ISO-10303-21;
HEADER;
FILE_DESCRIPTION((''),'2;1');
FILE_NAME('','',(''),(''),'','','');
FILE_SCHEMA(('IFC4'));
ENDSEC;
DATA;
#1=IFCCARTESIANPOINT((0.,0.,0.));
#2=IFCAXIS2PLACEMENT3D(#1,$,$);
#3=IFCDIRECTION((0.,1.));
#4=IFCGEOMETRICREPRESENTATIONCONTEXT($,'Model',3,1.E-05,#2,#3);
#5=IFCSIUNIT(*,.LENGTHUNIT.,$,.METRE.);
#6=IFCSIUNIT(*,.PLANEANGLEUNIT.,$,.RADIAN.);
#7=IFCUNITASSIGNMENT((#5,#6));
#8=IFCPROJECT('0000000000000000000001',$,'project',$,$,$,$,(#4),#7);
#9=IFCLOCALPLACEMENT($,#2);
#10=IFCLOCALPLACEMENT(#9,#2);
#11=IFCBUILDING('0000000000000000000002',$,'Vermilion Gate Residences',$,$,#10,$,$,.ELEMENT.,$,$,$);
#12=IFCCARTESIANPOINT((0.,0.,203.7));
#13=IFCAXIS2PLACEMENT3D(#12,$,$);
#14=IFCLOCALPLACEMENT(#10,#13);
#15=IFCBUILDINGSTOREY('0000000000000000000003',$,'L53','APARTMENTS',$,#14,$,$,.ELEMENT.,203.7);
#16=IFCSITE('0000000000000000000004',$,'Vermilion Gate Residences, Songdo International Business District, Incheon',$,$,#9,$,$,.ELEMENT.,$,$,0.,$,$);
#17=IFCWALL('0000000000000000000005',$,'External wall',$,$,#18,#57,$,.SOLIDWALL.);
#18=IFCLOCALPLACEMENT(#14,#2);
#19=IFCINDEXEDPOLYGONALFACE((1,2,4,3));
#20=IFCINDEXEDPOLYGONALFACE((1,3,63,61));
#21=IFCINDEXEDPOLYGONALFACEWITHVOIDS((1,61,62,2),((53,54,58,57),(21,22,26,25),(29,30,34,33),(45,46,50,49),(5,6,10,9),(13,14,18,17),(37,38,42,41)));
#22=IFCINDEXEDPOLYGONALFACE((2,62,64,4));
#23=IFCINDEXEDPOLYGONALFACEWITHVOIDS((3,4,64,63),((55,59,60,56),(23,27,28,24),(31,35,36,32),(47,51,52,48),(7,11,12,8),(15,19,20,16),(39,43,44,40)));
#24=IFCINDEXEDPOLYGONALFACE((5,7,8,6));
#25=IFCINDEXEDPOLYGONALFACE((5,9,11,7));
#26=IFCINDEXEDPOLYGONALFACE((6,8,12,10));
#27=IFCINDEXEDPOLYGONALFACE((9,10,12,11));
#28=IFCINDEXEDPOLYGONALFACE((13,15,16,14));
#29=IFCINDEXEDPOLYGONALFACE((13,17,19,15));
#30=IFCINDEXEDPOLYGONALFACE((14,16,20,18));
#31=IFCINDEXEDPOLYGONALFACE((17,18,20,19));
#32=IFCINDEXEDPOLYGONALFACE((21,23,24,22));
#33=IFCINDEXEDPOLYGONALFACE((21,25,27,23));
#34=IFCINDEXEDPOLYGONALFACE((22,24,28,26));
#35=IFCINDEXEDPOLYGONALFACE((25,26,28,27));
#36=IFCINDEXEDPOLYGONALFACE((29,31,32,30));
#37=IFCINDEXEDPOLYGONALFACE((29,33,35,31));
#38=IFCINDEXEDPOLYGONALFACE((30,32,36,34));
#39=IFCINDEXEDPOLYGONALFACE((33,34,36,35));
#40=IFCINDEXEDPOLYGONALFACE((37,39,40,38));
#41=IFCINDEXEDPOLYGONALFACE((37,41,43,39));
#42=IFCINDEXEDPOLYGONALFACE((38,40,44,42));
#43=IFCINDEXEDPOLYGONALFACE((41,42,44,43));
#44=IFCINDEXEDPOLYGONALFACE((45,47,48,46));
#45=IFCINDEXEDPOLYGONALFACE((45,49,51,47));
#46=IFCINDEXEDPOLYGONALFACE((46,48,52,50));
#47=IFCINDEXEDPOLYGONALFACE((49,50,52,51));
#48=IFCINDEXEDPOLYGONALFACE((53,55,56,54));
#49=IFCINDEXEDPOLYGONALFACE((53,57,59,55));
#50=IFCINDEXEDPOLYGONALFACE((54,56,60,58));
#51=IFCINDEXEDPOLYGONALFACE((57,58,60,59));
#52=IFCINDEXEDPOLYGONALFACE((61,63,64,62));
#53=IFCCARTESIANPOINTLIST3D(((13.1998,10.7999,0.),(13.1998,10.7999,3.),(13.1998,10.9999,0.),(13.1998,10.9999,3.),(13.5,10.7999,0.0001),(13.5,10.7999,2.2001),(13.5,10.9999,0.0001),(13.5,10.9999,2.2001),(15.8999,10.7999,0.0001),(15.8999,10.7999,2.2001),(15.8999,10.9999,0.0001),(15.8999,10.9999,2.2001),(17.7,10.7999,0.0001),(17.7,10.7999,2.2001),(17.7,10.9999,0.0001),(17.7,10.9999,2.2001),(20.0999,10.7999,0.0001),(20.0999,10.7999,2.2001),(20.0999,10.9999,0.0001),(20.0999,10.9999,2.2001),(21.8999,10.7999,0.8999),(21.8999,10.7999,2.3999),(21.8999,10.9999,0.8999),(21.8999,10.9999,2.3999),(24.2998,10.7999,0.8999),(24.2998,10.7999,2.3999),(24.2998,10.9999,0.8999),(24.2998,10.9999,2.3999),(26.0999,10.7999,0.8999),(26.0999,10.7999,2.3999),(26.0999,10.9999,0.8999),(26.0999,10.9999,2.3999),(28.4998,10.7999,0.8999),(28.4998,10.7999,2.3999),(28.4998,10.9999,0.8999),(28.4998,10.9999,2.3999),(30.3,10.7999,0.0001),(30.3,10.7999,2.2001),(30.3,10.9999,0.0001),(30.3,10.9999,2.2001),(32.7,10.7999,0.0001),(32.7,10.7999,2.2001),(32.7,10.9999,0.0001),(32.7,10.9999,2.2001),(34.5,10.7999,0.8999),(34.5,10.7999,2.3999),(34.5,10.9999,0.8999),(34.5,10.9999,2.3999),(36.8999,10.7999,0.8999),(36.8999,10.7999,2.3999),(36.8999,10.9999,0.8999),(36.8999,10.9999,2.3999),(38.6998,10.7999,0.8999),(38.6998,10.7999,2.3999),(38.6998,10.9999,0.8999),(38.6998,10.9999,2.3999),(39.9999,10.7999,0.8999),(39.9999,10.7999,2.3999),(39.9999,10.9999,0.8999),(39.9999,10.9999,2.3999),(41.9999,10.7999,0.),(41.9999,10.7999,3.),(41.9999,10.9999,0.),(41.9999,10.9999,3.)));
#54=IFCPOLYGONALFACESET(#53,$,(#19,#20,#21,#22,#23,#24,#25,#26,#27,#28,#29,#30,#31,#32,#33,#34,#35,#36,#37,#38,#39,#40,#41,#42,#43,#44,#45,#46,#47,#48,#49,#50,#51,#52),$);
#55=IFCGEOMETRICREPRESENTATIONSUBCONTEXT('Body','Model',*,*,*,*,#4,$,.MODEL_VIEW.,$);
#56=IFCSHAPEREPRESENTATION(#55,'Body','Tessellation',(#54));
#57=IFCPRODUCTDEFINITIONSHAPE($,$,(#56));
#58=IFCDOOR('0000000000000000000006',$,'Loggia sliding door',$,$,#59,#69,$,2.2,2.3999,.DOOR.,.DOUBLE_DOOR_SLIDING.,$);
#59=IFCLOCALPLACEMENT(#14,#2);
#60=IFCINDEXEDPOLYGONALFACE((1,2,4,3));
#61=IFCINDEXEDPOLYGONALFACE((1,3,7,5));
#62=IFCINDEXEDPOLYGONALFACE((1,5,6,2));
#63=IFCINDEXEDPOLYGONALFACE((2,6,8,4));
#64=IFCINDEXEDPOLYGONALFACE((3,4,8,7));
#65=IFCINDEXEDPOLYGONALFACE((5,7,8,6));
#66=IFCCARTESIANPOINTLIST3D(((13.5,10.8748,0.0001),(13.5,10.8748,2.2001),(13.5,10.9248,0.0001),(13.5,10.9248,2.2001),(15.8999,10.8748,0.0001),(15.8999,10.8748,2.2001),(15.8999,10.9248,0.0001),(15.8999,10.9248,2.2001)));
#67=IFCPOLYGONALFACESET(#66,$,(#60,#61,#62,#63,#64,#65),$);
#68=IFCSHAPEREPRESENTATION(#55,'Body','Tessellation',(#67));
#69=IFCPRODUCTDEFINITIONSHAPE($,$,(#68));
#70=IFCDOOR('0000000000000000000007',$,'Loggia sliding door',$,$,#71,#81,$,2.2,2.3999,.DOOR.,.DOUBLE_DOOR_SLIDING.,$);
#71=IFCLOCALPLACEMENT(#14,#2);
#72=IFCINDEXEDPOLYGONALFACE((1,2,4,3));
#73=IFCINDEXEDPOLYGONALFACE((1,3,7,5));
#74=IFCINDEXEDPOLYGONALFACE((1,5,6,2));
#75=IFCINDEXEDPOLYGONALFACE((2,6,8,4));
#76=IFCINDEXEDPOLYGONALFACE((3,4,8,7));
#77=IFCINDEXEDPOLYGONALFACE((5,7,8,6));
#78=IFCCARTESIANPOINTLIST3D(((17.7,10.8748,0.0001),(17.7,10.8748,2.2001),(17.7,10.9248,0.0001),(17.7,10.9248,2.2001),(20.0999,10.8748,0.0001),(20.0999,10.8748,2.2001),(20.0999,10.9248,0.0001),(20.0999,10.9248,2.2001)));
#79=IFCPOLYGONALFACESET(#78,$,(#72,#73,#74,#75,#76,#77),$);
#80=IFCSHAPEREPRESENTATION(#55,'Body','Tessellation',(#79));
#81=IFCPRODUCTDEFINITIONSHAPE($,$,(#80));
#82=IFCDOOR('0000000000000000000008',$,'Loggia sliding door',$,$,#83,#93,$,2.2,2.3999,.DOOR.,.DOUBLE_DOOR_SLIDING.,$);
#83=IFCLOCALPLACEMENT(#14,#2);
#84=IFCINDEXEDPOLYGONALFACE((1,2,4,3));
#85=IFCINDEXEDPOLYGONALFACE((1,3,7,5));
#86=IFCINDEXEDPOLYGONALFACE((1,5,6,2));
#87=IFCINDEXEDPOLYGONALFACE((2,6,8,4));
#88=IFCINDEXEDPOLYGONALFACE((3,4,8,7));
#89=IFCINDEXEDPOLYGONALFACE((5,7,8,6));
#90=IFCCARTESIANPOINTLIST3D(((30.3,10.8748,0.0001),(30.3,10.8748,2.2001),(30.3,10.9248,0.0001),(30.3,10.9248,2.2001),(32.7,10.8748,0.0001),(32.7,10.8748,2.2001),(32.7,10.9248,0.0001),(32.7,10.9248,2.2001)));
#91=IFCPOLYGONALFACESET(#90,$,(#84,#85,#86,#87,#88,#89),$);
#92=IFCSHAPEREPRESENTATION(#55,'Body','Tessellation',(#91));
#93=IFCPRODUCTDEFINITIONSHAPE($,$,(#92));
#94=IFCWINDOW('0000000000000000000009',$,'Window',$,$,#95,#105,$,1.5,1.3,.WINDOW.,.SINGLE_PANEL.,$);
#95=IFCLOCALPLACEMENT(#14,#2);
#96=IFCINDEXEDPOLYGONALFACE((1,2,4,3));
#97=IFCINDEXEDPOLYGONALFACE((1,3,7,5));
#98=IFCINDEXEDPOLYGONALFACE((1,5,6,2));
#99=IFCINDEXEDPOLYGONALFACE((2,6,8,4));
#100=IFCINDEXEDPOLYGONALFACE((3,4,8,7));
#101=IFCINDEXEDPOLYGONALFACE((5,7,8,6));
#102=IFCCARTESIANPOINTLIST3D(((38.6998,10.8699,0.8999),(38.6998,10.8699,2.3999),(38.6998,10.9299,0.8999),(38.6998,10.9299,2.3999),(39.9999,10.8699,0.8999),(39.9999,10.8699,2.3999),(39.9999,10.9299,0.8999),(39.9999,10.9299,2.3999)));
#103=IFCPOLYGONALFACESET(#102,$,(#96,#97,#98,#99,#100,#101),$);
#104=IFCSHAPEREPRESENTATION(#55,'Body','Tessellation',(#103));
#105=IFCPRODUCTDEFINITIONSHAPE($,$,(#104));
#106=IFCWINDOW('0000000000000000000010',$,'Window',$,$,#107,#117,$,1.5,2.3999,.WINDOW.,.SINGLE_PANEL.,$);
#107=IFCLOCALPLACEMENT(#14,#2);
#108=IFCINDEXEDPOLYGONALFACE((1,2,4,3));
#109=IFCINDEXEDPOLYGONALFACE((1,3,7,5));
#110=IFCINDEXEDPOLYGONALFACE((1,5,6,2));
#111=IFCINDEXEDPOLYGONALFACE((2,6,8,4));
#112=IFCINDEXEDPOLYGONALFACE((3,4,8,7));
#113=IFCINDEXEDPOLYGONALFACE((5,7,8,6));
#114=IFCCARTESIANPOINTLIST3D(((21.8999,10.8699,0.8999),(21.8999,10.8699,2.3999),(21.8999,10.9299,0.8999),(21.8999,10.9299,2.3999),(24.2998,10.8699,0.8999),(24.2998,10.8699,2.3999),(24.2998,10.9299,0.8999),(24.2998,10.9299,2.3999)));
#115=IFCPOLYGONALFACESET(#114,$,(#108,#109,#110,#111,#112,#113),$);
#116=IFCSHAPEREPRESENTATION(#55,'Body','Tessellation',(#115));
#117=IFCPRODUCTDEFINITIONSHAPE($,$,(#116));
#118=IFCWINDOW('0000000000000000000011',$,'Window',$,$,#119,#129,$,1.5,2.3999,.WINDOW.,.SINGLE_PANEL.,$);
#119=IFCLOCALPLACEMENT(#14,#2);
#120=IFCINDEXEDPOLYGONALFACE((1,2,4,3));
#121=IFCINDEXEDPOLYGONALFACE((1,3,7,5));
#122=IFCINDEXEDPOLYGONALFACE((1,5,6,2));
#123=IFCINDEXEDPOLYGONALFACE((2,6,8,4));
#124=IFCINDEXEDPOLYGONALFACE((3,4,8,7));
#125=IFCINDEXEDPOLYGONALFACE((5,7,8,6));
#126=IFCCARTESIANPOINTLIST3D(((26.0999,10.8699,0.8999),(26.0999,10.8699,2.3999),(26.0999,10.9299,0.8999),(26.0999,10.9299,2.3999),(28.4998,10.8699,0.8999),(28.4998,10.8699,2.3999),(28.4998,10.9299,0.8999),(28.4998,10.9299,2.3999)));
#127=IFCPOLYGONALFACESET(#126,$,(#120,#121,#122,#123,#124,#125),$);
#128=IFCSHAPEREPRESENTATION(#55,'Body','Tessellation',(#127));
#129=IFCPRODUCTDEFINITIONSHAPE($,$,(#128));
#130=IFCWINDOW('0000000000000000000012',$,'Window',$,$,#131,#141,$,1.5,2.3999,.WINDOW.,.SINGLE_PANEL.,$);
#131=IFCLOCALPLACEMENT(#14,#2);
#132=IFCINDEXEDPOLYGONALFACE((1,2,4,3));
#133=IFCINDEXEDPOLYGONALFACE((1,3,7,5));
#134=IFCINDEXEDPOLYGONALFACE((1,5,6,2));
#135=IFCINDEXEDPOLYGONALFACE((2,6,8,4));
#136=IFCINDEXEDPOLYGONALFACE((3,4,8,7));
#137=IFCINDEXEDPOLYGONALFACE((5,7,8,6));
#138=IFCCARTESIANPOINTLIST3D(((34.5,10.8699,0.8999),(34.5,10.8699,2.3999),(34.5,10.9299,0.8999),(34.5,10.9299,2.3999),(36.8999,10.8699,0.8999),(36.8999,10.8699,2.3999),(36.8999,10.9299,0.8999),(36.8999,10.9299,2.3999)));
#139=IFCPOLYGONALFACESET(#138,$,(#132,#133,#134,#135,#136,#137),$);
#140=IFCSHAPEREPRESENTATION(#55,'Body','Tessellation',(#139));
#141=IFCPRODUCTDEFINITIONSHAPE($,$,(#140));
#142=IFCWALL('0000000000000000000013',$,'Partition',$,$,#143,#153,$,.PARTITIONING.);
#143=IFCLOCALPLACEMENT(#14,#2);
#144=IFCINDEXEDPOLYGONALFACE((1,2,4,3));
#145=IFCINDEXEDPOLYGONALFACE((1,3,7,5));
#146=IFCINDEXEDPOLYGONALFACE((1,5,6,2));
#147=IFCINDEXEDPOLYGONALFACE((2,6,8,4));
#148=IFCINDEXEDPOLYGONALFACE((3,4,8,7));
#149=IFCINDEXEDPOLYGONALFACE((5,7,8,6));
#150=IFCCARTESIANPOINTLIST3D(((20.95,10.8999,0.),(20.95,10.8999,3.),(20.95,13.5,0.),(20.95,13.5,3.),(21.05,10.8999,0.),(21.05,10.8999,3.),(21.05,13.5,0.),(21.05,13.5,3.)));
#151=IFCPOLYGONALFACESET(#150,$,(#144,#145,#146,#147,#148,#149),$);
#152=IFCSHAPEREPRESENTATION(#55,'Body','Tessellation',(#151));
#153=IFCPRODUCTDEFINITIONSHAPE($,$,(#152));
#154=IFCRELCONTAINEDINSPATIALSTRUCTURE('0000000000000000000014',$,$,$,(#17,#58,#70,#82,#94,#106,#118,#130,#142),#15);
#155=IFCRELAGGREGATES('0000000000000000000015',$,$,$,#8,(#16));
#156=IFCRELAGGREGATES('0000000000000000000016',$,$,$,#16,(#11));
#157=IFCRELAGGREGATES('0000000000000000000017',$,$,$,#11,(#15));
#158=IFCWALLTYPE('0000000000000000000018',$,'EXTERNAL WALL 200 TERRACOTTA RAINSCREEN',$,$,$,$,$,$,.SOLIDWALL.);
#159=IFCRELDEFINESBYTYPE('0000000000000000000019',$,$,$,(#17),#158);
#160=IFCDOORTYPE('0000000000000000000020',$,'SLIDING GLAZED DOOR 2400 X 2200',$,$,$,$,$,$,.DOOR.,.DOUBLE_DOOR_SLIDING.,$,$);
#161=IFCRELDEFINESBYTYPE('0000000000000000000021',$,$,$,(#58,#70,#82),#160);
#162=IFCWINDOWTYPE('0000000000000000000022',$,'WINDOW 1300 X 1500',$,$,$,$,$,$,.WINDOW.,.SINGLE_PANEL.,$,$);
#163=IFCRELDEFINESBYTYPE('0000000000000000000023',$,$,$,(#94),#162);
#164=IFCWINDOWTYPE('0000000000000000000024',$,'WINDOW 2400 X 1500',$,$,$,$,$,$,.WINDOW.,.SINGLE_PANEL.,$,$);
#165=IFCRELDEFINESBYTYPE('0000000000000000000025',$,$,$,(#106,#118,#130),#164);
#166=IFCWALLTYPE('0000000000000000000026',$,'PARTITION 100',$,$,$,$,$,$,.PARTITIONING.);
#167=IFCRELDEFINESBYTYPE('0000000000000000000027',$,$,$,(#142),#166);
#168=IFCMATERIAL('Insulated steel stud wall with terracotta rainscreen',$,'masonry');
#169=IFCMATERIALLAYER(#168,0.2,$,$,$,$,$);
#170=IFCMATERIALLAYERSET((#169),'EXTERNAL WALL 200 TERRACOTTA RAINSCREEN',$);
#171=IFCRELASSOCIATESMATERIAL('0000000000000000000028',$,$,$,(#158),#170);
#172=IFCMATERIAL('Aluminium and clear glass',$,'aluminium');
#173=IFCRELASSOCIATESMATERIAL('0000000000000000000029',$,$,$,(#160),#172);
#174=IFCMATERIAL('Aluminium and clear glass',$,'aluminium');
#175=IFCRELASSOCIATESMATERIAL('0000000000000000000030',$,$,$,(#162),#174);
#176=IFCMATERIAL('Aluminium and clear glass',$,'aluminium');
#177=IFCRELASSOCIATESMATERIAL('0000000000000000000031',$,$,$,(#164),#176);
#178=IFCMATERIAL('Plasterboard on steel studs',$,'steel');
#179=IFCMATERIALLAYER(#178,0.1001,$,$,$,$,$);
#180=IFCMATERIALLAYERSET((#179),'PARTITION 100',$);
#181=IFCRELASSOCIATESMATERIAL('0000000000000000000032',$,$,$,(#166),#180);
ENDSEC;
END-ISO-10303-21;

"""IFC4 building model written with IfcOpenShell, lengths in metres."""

from ifc_helpers import new_model, si_unit, direction, frame, frame_2d, origin, place, context, subcontext, project, spatial, rectangle, extrude, material, layer, layer_set, type_object, element, fill, save


model = new_model("IFC4")

# Units and contexts
model_context = context("Model", 3, precision=1e-05, world=origin(), true_north=direction((0.0, 1.0)))
body_context = subcontext(model_context, "Body", "Model", "MODEL_VIEW")
ifc_project = project(units=[si_unit("LENGTHUNIT", "METRE"), si_unit("PLANEANGLEUNIT", "RADIAN")], contexts=[model_context])

# Site, building, storey
site_placement = place(None, origin())
site = spatial("IfcSite", under=ifc_project, at=site_placement, Name="Vermilion Gate Residences, Songdo International Business District, Incheon", CompositionType="ELEMENT", RefElevation=0.0)
building_placement = place(site_placement, origin())
building = spatial("IfcBuilding", under=site, at=building_placement, Name="Vermilion Gate Residences", CompositionType="ELEMENT")
storey_placement = place(building_placement, frame((0.0, 0.0, 203.7)))
storey = spatial("IfcBuildingStorey", under=building, at=storey_placement, Name="L53", Description="APARTMENTS", CompositionType="ELEMENT", Elevation=203.7)

# Shared definitions
ifc_material_1 = material(Name="Insulated steel stud wall with terracotta rainscreen", Category="masonry")
ifc_layer_1 = layer(ifc_material_1, 0.2)
ifc_layer_set_1 = layer_set([ifc_layer_1], Name="EXTERNAL WALL 200 TERRACOTTA RAINSCREEN")
wall_type_1 = type_object("IfcWallType", Name="EXTERNAL WALL 200 TERRACOTTA RAINSCREEN", PredefinedType="SOLIDWALL", material=ifc_layer_set_1)

# Wall, openings, doors, windows
wall_1_placement = place(storey_placement, frame((13.2, 10.8999, 0.0), z_axis=(0.0, 0.0, 1.0), x_axis=(1.0, 0.0, 0.0)))
wall_1 = element("IfcWall", 1, at=wall_1_placement, inside=storey, type_object=wall_type_1, Name="External wall", PredefinedType="SOLIDWALL", context=body_context, shape_type="SweptSolid", body=[
    extrude(rectangle(XDim=28.8, YDim=0.2, at=frame_2d((14.3999, 0.0))), origin(), (0.0, 0.0, 1.0), 3.0),
])
opening_1_placement = place(wall_1_placement, frame((0.3, 0.0, 0.0)))
opening_1 = element("IfcOpeningElement", 2, at=opening_1_placement, cuts=wall_1, PredefinedType="OPENING", context=body_context, shape_type="SweptSolid", body=[
    extrude(rectangle(XDim=2.3999, YDim=2.2, at=frame_2d((1.2, 1.1001))), frame((0.0, 0.1099, 0.0), z_axis=(0.0, -1.0, 0.0), x_axis=(1.0, 0.0, 0.0)), (0.0, 0.0, 1.0), 0.22),
])
opening_2_placement = place(wall_1_placement, frame((4.5, 0.0, 0.0)))
opening_2 = element("IfcOpeningElement", 3, at=opening_2_placement, cuts=wall_1, PredefinedType="OPENING", context=body_context, shape_type="SweptSolid", body=[
    extrude(rectangle(XDim=2.3999, YDim=2.2, at=frame_2d((1.2, 1.1001))), frame((0.0, 0.1099, 0.0), z_axis=(0.0, -1.0, 0.0), x_axis=(1.0, 0.0, 0.0)), (0.0, 0.0, 1.0), 0.22),
])
opening_3_placement = place(wall_1_placement, frame((8.7, 0.0, 0.8999)))
opening_3 = element("IfcOpeningElement", 4, at=opening_3_placement, cuts=wall_1, PredefinedType="OPENING", context=body_context, shape_type="SweptSolid", body=[
    extrude(rectangle(XDim=2.3999, YDim=1.5, at=frame_2d((1.2, 0.75))), frame((0.0, 0.1099, 0.0), z_axis=(0.0, -1.0, 0.0), x_axis=(1.0, 0.0, 0.0)), (0.0, 0.0, 1.0), 0.22),
])
opening_4_placement = place(wall_1_placement, frame((12.8999, 0.0, 0.8999)))
opening_4 = element("IfcOpeningElement", 5, at=opening_4_placement, cuts=wall_1, PredefinedType="OPENING", context=body_context, shape_type="SweptSolid", body=[
    extrude(rectangle(XDim=2.3999, YDim=1.5, at=frame_2d((1.2, 0.75))), frame((0.0, 0.1099, 0.0), z_axis=(0.0, -1.0, 0.0), x_axis=(1.0, 0.0, 0.0)), (0.0, 0.0, 1.0), 0.22),
])
opening_5_placement = place(wall_1_placement, frame((17.1001, 0.0, 0.0)))
opening_5 = element("IfcOpeningElement", 6, at=opening_5_placement, cuts=wall_1, PredefinedType="OPENING", context=body_context, shape_type="SweptSolid", body=[
    extrude(rectangle(XDim=2.3999, YDim=2.2, at=frame_2d((1.2, 1.1001))), frame((0.0, 0.1099, 0.0), z_axis=(0.0, -1.0, 0.0), x_axis=(1.0, 0.0, 0.0)), (0.0, 0.0, 1.0), 0.22),
])
opening_6_placement = place(wall_1_placement, frame((21.3, 0.0, 0.8999)))
opening_6 = element("IfcOpeningElement", 7, at=opening_6_placement, cuts=wall_1, PredefinedType="OPENING", context=body_context, shape_type="SweptSolid", body=[
    extrude(rectangle(XDim=2.3999, YDim=1.5, at=frame_2d((1.2, 0.75))), frame((0.0, 0.1099, 0.0), z_axis=(0.0, -1.0, 0.0), x_axis=(1.0, 0.0, 0.0)), (0.0, 0.0, 1.0), 0.22),
])
opening_7_placement = place(wall_1_placement, frame((25.5, 0.0, 0.8999)))
opening_7 = element("IfcOpeningElement", 8, at=opening_7_placement, cuts=wall_1, PredefinedType="OPENING", context=body_context, shape_type="SweptSolid", body=[
    extrude(rectangle(XDim=1.3, YDim=1.5, at=frame_2d((0.6499, 0.75))), frame((0.0, 0.1099, 0.0), z_axis=(0.0, -1.0, 0.0), x_axis=(1.0, 0.0, 0.0)), (0.0, 0.0, 1.0), 0.22),
])
ifc_material_2 = material(Name="Aluminium and clear glass", Category="aluminium")
door_type_1 = type_object("IfcDoorType", Name="SLIDING GLAZED DOOR 2400 X 2200", OperationType="DOUBLE_DOOR_SLIDING", PredefinedType="DOOR", material=ifc_material_2)
door_1_placement = place(opening_1_placement, origin())
door_1 = element("IfcDoor", 9, at=door_1_placement, inside=storey, type_object=door_type_1, Name="Loggia sliding door", OperationType="DOUBLE_DOOR_SLIDING", OverallHeight=2.2, OverallWidth=2.3999, PredefinedType="DOOR", context=body_context, shape_type="SweptSolid", body=[
    extrude(rectangle(XDim=2.3999, YDim=2.2, at=frame_2d((1.2, 1.1001))), frame((0.0, 0.0249, 0.0), z_axis=(0.0, -1.0, 0.0), x_axis=(1.0, 0.0, 0.0)), (0.0, 0.0, 1.0), 0.05),
])
fill(opening_1, door_1)
door_2_placement = place(opening_2_placement, origin())
door_2 = element("IfcDoor", 10, at=door_2_placement, inside=storey, type_object=door_type_1, Name="Loggia sliding door", OperationType="DOUBLE_DOOR_SLIDING", OverallHeight=2.2, OverallWidth=2.3999, PredefinedType="DOOR", context=body_context, shape_type="SweptSolid", body=[
    extrude(rectangle(XDim=2.3999, YDim=2.2, at=frame_2d((1.2, 1.1001))), frame((0.0, 0.0249, 0.0), z_axis=(0.0, -1.0, 0.0), x_axis=(1.0, 0.0, 0.0)), (0.0, 0.0, 1.0), 0.05),
])
fill(opening_2, door_2)
door_3_placement = place(opening_5_placement, origin())
door_3 = element("IfcDoor", 11, at=door_3_placement, inside=storey, type_object=door_type_1, Name="Loggia sliding door", OperationType="DOUBLE_DOOR_SLIDING", OverallHeight=2.2, OverallWidth=2.3999, PredefinedType="DOOR", context=body_context, shape_type="SweptSolid", body=[
    extrude(rectangle(XDim=2.3999, YDim=2.2, at=frame_2d((1.2, 1.1001))), frame((0.0, 0.0249, 0.0), z_axis=(0.0, -1.0, 0.0), x_axis=(1.0, 0.0, 0.0)), (0.0, 0.0, 1.0), 0.05),
])
fill(opening_5, door_3)
ifc_material_3 = material(Name="Aluminium and clear glass", Category="aluminium")
window_type_1 = type_object("IfcWindowType", Name="WINDOW 1300 X 1500", PartitioningType="SINGLE_PANEL", PredefinedType="WINDOW", material=ifc_material_3)
window_1_placement = place(opening_7_placement, origin())
window_1 = element("IfcWindow", 12, at=window_1_placement, inside=storey, type_object=window_type_1, Name="Window", OverallHeight=1.5, OverallWidth=1.3, PartitioningType="SINGLE_PANEL", PredefinedType="WINDOW", context=body_context, shape_type="SweptSolid", body=[
    extrude(rectangle(XDim=1.3, YDim=1.5, at=frame_2d((0.6499, 0.75))), frame((0.0, 0.03, 0.0), z_axis=(0.0, -1.0, 0.0), x_axis=(1.0, 0.0, 0.0)), (0.0, 0.0, 1.0), 0.0601),
])
fill(opening_7, window_1)
ifc_material_4 = material(Name="Aluminium and clear glass", Category="aluminium")
window_type_2 = type_object("IfcWindowType", Name="WINDOW 2400 X 1500", PartitioningType="SINGLE_PANEL", PredefinedType="WINDOW", material=ifc_material_4)
window_2_placement = place(opening_3_placement, origin())
window_2 = element("IfcWindow", 13, at=window_2_placement, inside=storey, type_object=window_type_2, Name="Window", OverallHeight=1.5, OverallWidth=2.3999, PartitioningType="SINGLE_PANEL", PredefinedType="WINDOW", context=body_context, shape_type="SweptSolid", body=[
    extrude(rectangle(XDim=2.3999, YDim=1.5, at=frame_2d((1.2, 0.75))), frame((0.0, 0.03, 0.0), z_axis=(0.0, -1.0, 0.0), x_axis=(1.0, 0.0, 0.0)), (0.0, 0.0, 1.0), 0.0601),
])
fill(opening_3, window_2)
window_3_placement = place(opening_4_placement, origin())
window_3 = element("IfcWindow", 14, at=window_3_placement, inside=storey, type_object=window_type_2, Name="Window", OverallHeight=1.5, OverallWidth=2.3999, PartitioningType="SINGLE_PANEL", PredefinedType="WINDOW", context=body_context, shape_type="SweptSolid", body=[
    extrude(rectangle(XDim=2.3999, YDim=1.5, at=frame_2d((1.2, 0.75))), frame((0.0, 0.03, 0.0), z_axis=(0.0, -1.0, 0.0), x_axis=(1.0, 0.0, 0.0)), (0.0, 0.0, 1.0), 0.0601),
])
fill(opening_4, window_3)
window_4_placement = place(opening_6_placement, origin())
window_4 = element("IfcWindow", 15, at=window_4_placement, inside=storey, type_object=window_type_2, Name="Window", OverallHeight=1.5, OverallWidth=2.3999, PartitioningType="SINGLE_PANEL", PredefinedType="WINDOW", context=body_context, shape_type="SweptSolid", body=[
    extrude(rectangle(XDim=2.3999, YDim=1.5, at=frame_2d((1.2, 0.75))), frame((0.0, 0.03, 0.0), z_axis=(0.0, -1.0, 0.0), x_axis=(1.0, 0.0, 0.0)), (0.0, 0.0, 1.0), 0.0601),
])
fill(opening_6, window_4)

# Wall
ifc_material_5 = material(Name="Plasterboard on steel studs", Category="steel")
ifc_layer_2 = layer(ifc_material_5, 0.1001)
ifc_layer_set_2 = layer_set([ifc_layer_2], Name="PARTITION 100")
wall_type_2 = type_object("IfcWallType", Name="PARTITION 100", PredefinedType="PARTITIONING", material=ifc_layer_set_2)
wall_2_placement = place(storey_placement, frame((21.0, 10.8999, 0.0), z_axis=(0.0, 0.0, 1.0), x_axis=(0.0, 1.0, 0.0)))
element("IfcWall", 16, at=wall_2_placement, inside=storey, type_object=wall_type_2, Name="Partition", PredefinedType="PARTITIONING", context=body_context, shape_type="SweptSolid", body=[
    extrude(rectangle(XDim=2.6001, YDim=0.1001, at=frame_2d((1.3, 0.0))), origin(), (0.0, 0.0, 1.0), 3.0),
])

save(model, "model.ifc")
